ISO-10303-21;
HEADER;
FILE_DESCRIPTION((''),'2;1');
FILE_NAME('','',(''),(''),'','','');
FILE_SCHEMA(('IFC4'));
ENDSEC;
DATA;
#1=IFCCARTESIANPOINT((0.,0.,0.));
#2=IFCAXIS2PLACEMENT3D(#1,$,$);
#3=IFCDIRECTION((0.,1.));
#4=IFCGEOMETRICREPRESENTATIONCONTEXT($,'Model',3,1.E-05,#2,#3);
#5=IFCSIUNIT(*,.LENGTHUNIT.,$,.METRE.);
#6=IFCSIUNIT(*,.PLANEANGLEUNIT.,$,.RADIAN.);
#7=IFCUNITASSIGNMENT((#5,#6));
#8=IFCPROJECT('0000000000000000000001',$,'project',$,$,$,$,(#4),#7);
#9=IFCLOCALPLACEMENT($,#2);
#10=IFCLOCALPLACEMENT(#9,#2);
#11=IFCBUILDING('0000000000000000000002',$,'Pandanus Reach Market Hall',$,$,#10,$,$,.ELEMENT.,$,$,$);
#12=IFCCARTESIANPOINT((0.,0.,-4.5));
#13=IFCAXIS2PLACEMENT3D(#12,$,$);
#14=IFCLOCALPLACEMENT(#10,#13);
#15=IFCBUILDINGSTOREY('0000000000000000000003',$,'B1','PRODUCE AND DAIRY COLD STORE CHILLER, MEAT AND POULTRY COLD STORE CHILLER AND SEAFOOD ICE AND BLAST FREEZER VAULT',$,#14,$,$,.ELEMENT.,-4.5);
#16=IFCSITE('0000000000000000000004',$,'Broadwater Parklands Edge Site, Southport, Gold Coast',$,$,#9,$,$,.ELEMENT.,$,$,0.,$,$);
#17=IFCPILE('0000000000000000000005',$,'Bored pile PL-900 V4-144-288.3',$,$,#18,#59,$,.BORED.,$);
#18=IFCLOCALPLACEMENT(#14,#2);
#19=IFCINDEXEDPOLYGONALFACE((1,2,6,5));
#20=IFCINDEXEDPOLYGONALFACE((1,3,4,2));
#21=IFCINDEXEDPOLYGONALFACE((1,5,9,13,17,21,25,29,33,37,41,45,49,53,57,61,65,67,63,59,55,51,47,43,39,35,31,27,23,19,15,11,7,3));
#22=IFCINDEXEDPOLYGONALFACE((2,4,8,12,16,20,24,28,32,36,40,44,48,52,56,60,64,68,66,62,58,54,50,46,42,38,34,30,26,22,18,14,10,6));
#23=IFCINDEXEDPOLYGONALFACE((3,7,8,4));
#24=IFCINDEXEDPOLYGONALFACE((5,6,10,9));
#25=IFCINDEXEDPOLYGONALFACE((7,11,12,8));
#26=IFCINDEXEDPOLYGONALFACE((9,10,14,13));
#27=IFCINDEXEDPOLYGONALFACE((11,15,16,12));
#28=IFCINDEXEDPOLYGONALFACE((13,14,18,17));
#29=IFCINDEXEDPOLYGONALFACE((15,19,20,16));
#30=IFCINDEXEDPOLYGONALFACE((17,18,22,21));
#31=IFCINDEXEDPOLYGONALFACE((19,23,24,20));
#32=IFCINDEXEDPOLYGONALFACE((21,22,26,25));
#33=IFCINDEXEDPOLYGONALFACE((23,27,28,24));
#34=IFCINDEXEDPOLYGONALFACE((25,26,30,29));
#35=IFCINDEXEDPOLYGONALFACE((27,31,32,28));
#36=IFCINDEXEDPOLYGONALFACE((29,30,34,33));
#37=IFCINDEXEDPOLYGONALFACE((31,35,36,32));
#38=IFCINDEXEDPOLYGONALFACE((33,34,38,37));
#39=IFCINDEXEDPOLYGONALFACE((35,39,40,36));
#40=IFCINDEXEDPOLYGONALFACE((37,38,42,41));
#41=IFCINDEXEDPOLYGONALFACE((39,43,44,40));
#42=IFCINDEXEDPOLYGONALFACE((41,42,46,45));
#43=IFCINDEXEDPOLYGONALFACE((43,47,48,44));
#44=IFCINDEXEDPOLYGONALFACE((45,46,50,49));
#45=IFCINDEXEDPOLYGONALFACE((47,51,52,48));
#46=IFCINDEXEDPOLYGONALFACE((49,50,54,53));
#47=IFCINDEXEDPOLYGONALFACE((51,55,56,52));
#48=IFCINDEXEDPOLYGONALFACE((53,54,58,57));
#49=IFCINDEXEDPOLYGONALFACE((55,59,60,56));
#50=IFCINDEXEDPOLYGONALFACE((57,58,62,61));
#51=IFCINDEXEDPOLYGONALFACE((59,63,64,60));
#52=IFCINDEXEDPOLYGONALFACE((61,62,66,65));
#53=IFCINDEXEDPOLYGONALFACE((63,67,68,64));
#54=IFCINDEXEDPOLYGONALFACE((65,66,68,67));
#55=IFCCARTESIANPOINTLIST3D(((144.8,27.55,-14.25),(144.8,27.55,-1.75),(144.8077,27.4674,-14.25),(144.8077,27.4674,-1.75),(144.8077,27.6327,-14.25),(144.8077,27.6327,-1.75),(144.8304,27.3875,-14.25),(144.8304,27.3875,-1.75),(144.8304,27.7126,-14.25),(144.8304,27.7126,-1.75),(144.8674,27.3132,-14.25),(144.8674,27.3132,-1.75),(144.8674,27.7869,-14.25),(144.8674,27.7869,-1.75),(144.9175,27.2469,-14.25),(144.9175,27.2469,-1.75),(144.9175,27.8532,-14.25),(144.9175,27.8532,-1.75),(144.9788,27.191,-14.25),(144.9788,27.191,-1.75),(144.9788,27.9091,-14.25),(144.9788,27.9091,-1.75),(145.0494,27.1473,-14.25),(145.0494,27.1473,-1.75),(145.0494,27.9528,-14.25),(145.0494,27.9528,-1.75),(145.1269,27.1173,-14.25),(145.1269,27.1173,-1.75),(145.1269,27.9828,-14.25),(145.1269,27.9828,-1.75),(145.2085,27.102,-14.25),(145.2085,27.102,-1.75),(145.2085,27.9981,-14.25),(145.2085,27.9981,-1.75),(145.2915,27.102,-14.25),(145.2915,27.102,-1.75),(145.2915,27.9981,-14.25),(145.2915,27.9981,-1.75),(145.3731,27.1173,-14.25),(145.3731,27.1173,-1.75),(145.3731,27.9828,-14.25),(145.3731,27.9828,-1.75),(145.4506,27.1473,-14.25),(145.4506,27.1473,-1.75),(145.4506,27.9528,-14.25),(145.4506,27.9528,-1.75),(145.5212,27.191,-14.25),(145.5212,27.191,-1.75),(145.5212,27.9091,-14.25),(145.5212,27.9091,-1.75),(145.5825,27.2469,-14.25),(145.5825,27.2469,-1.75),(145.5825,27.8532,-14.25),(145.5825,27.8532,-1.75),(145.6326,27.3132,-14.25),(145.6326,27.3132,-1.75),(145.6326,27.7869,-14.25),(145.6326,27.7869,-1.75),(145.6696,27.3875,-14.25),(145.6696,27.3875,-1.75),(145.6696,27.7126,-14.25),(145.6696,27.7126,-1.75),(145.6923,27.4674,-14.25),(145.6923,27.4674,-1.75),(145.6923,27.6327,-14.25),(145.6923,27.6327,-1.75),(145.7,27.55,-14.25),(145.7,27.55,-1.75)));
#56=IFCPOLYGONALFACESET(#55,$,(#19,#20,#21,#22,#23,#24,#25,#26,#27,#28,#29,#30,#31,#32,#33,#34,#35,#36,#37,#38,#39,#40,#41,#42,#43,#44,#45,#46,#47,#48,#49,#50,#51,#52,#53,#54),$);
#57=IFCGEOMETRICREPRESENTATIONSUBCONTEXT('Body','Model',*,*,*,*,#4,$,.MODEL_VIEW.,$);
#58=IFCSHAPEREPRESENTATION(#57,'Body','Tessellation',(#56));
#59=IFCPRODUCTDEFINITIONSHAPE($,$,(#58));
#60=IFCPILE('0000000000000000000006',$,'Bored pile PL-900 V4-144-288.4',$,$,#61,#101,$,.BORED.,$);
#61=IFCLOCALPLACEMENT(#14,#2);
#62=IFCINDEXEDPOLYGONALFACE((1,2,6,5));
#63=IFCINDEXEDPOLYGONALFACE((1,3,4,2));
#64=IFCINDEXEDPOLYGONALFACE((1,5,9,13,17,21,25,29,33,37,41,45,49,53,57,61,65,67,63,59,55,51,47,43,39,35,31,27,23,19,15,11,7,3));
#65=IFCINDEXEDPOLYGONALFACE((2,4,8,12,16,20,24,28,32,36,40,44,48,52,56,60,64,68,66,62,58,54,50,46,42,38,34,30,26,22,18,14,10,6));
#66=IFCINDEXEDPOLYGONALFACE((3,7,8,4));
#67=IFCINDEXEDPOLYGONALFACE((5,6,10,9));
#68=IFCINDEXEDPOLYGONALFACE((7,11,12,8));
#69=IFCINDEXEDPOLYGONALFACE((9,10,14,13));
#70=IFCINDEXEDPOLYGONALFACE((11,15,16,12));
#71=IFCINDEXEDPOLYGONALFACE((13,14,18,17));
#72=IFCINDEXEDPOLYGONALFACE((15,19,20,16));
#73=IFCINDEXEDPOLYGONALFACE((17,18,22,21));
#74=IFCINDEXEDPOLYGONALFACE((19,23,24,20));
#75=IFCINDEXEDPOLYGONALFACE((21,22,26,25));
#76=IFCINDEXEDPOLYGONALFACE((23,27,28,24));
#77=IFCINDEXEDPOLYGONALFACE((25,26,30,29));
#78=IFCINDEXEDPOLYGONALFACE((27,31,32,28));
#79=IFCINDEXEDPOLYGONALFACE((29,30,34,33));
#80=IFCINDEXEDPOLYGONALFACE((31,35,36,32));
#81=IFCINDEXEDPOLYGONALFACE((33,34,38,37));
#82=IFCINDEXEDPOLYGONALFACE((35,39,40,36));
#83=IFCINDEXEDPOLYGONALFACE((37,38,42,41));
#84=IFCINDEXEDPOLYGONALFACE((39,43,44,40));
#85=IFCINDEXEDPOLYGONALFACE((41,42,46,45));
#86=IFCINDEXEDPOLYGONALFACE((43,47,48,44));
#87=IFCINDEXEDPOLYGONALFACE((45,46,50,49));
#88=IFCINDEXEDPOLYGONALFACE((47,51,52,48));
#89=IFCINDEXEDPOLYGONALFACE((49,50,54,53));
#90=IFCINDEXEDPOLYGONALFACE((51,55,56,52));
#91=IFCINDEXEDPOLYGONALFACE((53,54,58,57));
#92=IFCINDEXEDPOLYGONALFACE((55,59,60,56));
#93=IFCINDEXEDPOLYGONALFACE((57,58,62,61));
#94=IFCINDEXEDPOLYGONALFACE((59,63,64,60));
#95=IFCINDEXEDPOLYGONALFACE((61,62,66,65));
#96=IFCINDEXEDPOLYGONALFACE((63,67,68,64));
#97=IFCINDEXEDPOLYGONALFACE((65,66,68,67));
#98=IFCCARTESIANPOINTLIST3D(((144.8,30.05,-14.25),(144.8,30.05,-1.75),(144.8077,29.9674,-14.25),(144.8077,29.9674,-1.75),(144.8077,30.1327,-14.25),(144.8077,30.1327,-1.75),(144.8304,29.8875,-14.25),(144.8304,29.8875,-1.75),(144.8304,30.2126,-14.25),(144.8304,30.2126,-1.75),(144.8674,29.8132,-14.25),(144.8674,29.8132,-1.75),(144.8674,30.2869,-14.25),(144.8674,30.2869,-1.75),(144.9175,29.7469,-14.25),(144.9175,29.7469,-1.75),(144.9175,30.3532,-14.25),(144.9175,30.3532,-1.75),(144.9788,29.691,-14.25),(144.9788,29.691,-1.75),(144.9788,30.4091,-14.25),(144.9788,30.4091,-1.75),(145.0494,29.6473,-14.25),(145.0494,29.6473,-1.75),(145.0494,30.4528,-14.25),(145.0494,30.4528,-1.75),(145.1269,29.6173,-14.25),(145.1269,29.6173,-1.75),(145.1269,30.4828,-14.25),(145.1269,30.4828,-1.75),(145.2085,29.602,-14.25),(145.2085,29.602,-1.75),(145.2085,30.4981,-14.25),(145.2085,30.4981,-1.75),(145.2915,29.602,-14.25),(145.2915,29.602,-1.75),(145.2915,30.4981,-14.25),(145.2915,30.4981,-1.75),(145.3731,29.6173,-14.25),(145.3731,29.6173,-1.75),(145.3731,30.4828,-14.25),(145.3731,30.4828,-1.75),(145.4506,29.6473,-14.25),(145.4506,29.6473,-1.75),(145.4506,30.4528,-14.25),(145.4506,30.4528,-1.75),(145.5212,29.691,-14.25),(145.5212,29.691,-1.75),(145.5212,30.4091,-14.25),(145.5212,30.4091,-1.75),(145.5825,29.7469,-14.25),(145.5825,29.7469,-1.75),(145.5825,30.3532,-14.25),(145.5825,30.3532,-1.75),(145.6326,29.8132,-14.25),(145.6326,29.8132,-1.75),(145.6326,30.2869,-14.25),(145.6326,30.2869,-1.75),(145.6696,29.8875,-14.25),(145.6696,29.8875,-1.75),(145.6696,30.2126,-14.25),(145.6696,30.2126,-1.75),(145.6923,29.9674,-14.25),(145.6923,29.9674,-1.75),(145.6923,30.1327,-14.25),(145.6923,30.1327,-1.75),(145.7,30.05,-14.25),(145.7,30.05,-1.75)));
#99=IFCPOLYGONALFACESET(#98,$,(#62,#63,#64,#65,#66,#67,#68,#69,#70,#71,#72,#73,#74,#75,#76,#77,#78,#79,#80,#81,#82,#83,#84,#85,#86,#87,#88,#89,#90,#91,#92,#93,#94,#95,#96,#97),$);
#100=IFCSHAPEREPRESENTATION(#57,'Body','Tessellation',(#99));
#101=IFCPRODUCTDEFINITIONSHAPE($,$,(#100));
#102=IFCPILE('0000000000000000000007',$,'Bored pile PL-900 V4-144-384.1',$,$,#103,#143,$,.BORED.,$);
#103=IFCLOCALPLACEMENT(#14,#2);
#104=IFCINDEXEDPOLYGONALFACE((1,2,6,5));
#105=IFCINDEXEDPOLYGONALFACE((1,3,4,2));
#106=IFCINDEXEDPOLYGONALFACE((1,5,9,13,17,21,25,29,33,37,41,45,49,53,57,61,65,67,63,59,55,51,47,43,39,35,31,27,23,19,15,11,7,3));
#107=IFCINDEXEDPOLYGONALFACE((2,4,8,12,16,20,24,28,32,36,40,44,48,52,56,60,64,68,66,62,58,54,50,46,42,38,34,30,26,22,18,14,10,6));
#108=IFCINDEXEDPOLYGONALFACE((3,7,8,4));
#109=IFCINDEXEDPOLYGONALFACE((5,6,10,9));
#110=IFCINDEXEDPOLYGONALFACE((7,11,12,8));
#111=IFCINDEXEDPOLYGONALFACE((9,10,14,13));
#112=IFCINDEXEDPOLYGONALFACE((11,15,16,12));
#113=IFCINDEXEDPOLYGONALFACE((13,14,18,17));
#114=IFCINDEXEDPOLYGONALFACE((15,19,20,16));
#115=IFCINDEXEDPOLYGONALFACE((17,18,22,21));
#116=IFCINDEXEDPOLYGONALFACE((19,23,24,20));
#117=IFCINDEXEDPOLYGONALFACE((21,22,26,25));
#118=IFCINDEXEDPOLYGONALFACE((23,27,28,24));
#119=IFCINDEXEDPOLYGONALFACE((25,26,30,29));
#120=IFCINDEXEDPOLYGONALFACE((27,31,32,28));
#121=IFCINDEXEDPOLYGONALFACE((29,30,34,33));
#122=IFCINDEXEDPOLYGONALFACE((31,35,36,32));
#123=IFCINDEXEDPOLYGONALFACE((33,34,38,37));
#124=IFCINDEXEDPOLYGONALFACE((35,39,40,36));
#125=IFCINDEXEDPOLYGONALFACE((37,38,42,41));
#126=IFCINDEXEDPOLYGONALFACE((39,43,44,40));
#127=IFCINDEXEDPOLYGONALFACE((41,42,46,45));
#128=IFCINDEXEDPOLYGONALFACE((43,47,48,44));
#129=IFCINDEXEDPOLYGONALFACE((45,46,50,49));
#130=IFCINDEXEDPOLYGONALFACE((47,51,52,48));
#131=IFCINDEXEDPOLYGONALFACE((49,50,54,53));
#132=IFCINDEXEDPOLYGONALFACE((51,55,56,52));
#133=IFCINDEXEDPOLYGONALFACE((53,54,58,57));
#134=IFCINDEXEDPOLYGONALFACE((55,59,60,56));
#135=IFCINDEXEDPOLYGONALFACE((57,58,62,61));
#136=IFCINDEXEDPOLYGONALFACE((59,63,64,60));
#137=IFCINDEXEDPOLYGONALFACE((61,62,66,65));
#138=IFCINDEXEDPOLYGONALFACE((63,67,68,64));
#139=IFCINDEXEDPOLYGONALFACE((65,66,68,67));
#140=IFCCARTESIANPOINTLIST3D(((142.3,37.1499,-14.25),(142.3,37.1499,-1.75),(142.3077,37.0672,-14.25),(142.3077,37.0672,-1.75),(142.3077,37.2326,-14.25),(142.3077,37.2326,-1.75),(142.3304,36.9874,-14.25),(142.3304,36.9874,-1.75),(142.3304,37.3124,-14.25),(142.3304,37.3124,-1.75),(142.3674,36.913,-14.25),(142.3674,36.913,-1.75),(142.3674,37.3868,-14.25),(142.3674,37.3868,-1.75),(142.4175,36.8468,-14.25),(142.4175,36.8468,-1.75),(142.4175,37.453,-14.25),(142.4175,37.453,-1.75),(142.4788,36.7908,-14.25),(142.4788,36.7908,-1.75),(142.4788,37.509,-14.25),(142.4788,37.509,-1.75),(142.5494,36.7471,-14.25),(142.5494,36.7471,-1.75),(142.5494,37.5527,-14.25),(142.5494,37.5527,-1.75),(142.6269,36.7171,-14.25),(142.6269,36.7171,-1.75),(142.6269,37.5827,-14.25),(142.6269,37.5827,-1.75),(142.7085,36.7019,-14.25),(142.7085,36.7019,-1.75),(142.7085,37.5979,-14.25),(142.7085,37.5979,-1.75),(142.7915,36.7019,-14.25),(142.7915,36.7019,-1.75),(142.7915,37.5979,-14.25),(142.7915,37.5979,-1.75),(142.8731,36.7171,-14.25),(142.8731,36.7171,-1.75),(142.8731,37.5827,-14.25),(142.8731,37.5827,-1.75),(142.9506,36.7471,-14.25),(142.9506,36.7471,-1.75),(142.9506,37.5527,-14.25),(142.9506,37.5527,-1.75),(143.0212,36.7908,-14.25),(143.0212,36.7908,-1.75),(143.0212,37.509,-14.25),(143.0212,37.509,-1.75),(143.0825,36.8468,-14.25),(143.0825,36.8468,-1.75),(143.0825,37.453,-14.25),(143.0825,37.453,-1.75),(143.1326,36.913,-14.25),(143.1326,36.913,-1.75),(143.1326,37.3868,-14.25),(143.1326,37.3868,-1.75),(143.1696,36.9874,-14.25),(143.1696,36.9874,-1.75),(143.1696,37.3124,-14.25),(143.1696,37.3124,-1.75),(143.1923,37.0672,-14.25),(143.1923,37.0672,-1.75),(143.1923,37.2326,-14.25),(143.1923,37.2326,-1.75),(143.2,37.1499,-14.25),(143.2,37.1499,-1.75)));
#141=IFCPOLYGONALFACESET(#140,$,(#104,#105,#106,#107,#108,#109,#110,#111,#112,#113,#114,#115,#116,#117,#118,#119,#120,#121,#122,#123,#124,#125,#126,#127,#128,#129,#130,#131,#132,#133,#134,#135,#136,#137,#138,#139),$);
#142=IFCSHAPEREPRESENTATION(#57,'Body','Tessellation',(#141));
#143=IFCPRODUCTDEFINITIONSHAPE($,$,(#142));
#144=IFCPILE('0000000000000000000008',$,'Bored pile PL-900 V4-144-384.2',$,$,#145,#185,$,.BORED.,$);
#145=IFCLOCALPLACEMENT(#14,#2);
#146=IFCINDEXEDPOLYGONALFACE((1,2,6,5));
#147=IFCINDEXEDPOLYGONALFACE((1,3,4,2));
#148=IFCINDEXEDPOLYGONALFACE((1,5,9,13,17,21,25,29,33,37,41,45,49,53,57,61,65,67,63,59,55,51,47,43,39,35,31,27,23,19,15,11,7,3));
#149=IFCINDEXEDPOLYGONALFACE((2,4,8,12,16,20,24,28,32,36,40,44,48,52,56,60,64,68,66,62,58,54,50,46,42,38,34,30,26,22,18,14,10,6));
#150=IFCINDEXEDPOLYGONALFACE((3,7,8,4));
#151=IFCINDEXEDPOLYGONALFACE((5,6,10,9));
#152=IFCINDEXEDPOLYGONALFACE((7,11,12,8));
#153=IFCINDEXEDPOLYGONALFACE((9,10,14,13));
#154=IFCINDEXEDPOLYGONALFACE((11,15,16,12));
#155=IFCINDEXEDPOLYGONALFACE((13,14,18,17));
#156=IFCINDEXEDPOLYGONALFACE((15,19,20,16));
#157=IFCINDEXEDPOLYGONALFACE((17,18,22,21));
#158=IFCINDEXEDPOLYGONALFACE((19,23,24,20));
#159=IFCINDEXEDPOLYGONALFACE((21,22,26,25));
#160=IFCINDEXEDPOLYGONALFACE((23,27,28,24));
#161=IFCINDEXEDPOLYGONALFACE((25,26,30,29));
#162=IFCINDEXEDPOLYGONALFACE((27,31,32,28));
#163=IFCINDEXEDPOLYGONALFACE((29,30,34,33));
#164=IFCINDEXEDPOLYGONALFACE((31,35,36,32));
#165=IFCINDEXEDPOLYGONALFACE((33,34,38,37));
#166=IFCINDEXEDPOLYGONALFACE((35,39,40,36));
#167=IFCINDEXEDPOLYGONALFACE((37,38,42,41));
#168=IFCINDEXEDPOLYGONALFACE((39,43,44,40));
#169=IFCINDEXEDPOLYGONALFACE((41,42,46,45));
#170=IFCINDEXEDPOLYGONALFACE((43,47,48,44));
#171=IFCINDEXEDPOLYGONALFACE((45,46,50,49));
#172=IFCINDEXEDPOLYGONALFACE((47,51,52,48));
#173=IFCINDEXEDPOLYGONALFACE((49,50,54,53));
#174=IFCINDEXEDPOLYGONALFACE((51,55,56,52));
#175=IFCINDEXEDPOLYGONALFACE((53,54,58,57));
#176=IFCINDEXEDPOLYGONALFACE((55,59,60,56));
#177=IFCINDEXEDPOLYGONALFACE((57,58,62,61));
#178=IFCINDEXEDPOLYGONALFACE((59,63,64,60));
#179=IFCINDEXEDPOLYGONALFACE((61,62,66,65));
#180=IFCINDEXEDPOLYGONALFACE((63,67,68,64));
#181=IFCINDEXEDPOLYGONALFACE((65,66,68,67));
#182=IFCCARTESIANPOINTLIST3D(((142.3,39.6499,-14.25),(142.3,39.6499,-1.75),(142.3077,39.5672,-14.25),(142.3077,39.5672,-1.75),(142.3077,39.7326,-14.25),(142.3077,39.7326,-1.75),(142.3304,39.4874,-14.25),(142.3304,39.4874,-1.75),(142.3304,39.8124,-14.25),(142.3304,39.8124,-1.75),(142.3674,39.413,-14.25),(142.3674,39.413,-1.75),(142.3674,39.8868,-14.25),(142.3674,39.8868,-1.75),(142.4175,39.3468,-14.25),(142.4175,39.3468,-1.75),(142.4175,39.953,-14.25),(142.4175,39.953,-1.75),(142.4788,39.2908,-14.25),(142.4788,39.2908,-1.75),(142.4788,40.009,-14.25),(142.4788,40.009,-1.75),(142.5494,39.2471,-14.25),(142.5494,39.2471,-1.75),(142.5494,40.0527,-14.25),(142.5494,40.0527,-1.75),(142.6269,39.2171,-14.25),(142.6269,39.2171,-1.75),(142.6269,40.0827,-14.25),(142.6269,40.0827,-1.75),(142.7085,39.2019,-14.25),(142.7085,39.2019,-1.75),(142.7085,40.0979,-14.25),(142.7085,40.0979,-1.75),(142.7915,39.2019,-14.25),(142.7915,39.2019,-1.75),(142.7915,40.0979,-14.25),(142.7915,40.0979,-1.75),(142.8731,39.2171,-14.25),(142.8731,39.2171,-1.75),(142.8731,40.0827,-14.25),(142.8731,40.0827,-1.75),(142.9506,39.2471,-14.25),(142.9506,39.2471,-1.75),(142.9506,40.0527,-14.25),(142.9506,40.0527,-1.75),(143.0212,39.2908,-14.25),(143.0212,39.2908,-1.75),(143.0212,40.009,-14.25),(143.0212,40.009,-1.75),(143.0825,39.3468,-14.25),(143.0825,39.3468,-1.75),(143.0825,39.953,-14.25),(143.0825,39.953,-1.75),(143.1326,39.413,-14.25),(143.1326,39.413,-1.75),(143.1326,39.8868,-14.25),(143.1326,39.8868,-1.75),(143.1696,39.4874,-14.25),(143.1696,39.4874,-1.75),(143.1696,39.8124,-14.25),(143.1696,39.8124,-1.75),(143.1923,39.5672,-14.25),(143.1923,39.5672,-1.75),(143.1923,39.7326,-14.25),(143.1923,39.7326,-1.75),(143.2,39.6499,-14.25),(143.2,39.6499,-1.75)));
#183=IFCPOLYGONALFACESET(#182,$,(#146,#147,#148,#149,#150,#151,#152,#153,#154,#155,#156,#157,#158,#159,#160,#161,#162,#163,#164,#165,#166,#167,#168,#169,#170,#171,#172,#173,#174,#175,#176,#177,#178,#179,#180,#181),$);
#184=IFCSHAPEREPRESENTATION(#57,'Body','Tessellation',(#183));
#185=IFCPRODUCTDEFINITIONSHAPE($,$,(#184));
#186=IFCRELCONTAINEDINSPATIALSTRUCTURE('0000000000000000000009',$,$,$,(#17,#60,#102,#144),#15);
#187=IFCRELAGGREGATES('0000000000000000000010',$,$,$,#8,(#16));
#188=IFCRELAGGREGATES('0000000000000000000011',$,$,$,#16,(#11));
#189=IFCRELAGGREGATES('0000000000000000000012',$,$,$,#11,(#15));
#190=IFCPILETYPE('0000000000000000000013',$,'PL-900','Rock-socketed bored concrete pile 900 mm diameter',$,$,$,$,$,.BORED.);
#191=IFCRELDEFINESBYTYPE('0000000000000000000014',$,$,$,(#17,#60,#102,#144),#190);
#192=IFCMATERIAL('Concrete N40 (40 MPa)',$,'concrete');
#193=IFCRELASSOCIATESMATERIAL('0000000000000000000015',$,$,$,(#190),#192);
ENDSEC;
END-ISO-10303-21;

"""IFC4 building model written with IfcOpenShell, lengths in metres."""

from ifc_helpers import new_model, si_unit, direction, frame, origin, origin_2d, place, context, subcontext, project, spatial, circle, extrude, material, material_profile, profile_set, type_object, element, save


model = new_model("IFC4")

# Units and contexts
model_context = context("Model", 3, precision=1e-05, world=origin(), true_north=direction((0.0, 1.0)))
body_context = subcontext(model_context, "Body", "Model", "MODEL_VIEW")
ifc_project = project(units=[si_unit("LENGTHUNIT", "METRE"), si_unit("PLANEANGLEUNIT", "RADIAN")], contexts=[model_context])

# Site, building, storey
site_placement = place(None, origin())
site = spatial("IfcSite", under=ifc_project, at=site_placement, Name="Broadwater Parklands Edge Site, Southport, Gold Coast", CompositionType="ELEMENT", RefElevation=0.0)
building_placement = place(site_placement, origin())
building = spatial("IfcBuilding", under=site, at=building_placement, Name="Pandanus Reach Market Hall", CompositionType="ELEMENT")
storey_placement = place(building_placement, frame((0.0, 0.0, -4.5)))
storey = spatial("IfcBuildingStorey", under=building, at=storey_placement, Name="B1", Description="PRODUCE AND DAIRY COLD STORE CHILLER, MEAT AND POULTRY COLD STORE CHILLER AND SEAFOOD ICE AND BLAST FREEZER VAULT", CompositionType="ELEMENT", Elevation=-4.5)

# Shared definitions
ifc_material_1 = material(Name="Concrete N40 (40 MPa)", Category="concrete")

# Piles
ifc_material_profile_1 = material_profile(ifc_material_1, circle(Radius=0.45, at=origin_2d()), Name="PILE-900D", Category="LoadBearing")
ifc_profile_set_1 = profile_set([ifc_material_profile_1], Name="Concrete N40 (40 MPa)")
pile_type = type_object("IfcPileType", Name="PL-900", Description="Rock-socketed bored concrete pile 900 mm diameter", PredefinedType="BORED", material=ifc_profile_set_1)
for number, where, z_axis, x_axis, name in (
    (1, (145.25, 27.55, -1.75), (0.0, 0.0, -1.0), (1.0, 0.0, 0.0), "Bored pile PL-900 V4-144-288.3"),
    (2, (145.25, 30.05, -1.75), (0.0, 0.0, -1.0), (1.0, 0.0, 0.0), "Bored pile PL-900 V4-144-288.4"),
    (3, (142.75, 37.1499, -1.75), (0.0, 0.0, -1.0), (1.0, 0.0, 0.0), "Bored pile PL-900 V4-144-384.1"),
    (4, (142.75, 39.6499, -1.75), (0.0, 0.0, -1.0), (1.0, 0.0, 0.0), "Bored pile PL-900 V4-144-384.2"),
):
    element("IfcPile", number, at=place(storey_placement, frame(where, z_axis=z_axis, x_axis=x_axis)), inside=storey, type_object=pile_type, Name=name, PredefinedType="BORED", context=body_context, shape_type="SweptSolid", body=[
        extrude(circle(Radius=0.45, at=origin_2d()), origin(), (0.0, 0.0, 1.0), 12.5),
    ])

save(model, "model.ifc")
